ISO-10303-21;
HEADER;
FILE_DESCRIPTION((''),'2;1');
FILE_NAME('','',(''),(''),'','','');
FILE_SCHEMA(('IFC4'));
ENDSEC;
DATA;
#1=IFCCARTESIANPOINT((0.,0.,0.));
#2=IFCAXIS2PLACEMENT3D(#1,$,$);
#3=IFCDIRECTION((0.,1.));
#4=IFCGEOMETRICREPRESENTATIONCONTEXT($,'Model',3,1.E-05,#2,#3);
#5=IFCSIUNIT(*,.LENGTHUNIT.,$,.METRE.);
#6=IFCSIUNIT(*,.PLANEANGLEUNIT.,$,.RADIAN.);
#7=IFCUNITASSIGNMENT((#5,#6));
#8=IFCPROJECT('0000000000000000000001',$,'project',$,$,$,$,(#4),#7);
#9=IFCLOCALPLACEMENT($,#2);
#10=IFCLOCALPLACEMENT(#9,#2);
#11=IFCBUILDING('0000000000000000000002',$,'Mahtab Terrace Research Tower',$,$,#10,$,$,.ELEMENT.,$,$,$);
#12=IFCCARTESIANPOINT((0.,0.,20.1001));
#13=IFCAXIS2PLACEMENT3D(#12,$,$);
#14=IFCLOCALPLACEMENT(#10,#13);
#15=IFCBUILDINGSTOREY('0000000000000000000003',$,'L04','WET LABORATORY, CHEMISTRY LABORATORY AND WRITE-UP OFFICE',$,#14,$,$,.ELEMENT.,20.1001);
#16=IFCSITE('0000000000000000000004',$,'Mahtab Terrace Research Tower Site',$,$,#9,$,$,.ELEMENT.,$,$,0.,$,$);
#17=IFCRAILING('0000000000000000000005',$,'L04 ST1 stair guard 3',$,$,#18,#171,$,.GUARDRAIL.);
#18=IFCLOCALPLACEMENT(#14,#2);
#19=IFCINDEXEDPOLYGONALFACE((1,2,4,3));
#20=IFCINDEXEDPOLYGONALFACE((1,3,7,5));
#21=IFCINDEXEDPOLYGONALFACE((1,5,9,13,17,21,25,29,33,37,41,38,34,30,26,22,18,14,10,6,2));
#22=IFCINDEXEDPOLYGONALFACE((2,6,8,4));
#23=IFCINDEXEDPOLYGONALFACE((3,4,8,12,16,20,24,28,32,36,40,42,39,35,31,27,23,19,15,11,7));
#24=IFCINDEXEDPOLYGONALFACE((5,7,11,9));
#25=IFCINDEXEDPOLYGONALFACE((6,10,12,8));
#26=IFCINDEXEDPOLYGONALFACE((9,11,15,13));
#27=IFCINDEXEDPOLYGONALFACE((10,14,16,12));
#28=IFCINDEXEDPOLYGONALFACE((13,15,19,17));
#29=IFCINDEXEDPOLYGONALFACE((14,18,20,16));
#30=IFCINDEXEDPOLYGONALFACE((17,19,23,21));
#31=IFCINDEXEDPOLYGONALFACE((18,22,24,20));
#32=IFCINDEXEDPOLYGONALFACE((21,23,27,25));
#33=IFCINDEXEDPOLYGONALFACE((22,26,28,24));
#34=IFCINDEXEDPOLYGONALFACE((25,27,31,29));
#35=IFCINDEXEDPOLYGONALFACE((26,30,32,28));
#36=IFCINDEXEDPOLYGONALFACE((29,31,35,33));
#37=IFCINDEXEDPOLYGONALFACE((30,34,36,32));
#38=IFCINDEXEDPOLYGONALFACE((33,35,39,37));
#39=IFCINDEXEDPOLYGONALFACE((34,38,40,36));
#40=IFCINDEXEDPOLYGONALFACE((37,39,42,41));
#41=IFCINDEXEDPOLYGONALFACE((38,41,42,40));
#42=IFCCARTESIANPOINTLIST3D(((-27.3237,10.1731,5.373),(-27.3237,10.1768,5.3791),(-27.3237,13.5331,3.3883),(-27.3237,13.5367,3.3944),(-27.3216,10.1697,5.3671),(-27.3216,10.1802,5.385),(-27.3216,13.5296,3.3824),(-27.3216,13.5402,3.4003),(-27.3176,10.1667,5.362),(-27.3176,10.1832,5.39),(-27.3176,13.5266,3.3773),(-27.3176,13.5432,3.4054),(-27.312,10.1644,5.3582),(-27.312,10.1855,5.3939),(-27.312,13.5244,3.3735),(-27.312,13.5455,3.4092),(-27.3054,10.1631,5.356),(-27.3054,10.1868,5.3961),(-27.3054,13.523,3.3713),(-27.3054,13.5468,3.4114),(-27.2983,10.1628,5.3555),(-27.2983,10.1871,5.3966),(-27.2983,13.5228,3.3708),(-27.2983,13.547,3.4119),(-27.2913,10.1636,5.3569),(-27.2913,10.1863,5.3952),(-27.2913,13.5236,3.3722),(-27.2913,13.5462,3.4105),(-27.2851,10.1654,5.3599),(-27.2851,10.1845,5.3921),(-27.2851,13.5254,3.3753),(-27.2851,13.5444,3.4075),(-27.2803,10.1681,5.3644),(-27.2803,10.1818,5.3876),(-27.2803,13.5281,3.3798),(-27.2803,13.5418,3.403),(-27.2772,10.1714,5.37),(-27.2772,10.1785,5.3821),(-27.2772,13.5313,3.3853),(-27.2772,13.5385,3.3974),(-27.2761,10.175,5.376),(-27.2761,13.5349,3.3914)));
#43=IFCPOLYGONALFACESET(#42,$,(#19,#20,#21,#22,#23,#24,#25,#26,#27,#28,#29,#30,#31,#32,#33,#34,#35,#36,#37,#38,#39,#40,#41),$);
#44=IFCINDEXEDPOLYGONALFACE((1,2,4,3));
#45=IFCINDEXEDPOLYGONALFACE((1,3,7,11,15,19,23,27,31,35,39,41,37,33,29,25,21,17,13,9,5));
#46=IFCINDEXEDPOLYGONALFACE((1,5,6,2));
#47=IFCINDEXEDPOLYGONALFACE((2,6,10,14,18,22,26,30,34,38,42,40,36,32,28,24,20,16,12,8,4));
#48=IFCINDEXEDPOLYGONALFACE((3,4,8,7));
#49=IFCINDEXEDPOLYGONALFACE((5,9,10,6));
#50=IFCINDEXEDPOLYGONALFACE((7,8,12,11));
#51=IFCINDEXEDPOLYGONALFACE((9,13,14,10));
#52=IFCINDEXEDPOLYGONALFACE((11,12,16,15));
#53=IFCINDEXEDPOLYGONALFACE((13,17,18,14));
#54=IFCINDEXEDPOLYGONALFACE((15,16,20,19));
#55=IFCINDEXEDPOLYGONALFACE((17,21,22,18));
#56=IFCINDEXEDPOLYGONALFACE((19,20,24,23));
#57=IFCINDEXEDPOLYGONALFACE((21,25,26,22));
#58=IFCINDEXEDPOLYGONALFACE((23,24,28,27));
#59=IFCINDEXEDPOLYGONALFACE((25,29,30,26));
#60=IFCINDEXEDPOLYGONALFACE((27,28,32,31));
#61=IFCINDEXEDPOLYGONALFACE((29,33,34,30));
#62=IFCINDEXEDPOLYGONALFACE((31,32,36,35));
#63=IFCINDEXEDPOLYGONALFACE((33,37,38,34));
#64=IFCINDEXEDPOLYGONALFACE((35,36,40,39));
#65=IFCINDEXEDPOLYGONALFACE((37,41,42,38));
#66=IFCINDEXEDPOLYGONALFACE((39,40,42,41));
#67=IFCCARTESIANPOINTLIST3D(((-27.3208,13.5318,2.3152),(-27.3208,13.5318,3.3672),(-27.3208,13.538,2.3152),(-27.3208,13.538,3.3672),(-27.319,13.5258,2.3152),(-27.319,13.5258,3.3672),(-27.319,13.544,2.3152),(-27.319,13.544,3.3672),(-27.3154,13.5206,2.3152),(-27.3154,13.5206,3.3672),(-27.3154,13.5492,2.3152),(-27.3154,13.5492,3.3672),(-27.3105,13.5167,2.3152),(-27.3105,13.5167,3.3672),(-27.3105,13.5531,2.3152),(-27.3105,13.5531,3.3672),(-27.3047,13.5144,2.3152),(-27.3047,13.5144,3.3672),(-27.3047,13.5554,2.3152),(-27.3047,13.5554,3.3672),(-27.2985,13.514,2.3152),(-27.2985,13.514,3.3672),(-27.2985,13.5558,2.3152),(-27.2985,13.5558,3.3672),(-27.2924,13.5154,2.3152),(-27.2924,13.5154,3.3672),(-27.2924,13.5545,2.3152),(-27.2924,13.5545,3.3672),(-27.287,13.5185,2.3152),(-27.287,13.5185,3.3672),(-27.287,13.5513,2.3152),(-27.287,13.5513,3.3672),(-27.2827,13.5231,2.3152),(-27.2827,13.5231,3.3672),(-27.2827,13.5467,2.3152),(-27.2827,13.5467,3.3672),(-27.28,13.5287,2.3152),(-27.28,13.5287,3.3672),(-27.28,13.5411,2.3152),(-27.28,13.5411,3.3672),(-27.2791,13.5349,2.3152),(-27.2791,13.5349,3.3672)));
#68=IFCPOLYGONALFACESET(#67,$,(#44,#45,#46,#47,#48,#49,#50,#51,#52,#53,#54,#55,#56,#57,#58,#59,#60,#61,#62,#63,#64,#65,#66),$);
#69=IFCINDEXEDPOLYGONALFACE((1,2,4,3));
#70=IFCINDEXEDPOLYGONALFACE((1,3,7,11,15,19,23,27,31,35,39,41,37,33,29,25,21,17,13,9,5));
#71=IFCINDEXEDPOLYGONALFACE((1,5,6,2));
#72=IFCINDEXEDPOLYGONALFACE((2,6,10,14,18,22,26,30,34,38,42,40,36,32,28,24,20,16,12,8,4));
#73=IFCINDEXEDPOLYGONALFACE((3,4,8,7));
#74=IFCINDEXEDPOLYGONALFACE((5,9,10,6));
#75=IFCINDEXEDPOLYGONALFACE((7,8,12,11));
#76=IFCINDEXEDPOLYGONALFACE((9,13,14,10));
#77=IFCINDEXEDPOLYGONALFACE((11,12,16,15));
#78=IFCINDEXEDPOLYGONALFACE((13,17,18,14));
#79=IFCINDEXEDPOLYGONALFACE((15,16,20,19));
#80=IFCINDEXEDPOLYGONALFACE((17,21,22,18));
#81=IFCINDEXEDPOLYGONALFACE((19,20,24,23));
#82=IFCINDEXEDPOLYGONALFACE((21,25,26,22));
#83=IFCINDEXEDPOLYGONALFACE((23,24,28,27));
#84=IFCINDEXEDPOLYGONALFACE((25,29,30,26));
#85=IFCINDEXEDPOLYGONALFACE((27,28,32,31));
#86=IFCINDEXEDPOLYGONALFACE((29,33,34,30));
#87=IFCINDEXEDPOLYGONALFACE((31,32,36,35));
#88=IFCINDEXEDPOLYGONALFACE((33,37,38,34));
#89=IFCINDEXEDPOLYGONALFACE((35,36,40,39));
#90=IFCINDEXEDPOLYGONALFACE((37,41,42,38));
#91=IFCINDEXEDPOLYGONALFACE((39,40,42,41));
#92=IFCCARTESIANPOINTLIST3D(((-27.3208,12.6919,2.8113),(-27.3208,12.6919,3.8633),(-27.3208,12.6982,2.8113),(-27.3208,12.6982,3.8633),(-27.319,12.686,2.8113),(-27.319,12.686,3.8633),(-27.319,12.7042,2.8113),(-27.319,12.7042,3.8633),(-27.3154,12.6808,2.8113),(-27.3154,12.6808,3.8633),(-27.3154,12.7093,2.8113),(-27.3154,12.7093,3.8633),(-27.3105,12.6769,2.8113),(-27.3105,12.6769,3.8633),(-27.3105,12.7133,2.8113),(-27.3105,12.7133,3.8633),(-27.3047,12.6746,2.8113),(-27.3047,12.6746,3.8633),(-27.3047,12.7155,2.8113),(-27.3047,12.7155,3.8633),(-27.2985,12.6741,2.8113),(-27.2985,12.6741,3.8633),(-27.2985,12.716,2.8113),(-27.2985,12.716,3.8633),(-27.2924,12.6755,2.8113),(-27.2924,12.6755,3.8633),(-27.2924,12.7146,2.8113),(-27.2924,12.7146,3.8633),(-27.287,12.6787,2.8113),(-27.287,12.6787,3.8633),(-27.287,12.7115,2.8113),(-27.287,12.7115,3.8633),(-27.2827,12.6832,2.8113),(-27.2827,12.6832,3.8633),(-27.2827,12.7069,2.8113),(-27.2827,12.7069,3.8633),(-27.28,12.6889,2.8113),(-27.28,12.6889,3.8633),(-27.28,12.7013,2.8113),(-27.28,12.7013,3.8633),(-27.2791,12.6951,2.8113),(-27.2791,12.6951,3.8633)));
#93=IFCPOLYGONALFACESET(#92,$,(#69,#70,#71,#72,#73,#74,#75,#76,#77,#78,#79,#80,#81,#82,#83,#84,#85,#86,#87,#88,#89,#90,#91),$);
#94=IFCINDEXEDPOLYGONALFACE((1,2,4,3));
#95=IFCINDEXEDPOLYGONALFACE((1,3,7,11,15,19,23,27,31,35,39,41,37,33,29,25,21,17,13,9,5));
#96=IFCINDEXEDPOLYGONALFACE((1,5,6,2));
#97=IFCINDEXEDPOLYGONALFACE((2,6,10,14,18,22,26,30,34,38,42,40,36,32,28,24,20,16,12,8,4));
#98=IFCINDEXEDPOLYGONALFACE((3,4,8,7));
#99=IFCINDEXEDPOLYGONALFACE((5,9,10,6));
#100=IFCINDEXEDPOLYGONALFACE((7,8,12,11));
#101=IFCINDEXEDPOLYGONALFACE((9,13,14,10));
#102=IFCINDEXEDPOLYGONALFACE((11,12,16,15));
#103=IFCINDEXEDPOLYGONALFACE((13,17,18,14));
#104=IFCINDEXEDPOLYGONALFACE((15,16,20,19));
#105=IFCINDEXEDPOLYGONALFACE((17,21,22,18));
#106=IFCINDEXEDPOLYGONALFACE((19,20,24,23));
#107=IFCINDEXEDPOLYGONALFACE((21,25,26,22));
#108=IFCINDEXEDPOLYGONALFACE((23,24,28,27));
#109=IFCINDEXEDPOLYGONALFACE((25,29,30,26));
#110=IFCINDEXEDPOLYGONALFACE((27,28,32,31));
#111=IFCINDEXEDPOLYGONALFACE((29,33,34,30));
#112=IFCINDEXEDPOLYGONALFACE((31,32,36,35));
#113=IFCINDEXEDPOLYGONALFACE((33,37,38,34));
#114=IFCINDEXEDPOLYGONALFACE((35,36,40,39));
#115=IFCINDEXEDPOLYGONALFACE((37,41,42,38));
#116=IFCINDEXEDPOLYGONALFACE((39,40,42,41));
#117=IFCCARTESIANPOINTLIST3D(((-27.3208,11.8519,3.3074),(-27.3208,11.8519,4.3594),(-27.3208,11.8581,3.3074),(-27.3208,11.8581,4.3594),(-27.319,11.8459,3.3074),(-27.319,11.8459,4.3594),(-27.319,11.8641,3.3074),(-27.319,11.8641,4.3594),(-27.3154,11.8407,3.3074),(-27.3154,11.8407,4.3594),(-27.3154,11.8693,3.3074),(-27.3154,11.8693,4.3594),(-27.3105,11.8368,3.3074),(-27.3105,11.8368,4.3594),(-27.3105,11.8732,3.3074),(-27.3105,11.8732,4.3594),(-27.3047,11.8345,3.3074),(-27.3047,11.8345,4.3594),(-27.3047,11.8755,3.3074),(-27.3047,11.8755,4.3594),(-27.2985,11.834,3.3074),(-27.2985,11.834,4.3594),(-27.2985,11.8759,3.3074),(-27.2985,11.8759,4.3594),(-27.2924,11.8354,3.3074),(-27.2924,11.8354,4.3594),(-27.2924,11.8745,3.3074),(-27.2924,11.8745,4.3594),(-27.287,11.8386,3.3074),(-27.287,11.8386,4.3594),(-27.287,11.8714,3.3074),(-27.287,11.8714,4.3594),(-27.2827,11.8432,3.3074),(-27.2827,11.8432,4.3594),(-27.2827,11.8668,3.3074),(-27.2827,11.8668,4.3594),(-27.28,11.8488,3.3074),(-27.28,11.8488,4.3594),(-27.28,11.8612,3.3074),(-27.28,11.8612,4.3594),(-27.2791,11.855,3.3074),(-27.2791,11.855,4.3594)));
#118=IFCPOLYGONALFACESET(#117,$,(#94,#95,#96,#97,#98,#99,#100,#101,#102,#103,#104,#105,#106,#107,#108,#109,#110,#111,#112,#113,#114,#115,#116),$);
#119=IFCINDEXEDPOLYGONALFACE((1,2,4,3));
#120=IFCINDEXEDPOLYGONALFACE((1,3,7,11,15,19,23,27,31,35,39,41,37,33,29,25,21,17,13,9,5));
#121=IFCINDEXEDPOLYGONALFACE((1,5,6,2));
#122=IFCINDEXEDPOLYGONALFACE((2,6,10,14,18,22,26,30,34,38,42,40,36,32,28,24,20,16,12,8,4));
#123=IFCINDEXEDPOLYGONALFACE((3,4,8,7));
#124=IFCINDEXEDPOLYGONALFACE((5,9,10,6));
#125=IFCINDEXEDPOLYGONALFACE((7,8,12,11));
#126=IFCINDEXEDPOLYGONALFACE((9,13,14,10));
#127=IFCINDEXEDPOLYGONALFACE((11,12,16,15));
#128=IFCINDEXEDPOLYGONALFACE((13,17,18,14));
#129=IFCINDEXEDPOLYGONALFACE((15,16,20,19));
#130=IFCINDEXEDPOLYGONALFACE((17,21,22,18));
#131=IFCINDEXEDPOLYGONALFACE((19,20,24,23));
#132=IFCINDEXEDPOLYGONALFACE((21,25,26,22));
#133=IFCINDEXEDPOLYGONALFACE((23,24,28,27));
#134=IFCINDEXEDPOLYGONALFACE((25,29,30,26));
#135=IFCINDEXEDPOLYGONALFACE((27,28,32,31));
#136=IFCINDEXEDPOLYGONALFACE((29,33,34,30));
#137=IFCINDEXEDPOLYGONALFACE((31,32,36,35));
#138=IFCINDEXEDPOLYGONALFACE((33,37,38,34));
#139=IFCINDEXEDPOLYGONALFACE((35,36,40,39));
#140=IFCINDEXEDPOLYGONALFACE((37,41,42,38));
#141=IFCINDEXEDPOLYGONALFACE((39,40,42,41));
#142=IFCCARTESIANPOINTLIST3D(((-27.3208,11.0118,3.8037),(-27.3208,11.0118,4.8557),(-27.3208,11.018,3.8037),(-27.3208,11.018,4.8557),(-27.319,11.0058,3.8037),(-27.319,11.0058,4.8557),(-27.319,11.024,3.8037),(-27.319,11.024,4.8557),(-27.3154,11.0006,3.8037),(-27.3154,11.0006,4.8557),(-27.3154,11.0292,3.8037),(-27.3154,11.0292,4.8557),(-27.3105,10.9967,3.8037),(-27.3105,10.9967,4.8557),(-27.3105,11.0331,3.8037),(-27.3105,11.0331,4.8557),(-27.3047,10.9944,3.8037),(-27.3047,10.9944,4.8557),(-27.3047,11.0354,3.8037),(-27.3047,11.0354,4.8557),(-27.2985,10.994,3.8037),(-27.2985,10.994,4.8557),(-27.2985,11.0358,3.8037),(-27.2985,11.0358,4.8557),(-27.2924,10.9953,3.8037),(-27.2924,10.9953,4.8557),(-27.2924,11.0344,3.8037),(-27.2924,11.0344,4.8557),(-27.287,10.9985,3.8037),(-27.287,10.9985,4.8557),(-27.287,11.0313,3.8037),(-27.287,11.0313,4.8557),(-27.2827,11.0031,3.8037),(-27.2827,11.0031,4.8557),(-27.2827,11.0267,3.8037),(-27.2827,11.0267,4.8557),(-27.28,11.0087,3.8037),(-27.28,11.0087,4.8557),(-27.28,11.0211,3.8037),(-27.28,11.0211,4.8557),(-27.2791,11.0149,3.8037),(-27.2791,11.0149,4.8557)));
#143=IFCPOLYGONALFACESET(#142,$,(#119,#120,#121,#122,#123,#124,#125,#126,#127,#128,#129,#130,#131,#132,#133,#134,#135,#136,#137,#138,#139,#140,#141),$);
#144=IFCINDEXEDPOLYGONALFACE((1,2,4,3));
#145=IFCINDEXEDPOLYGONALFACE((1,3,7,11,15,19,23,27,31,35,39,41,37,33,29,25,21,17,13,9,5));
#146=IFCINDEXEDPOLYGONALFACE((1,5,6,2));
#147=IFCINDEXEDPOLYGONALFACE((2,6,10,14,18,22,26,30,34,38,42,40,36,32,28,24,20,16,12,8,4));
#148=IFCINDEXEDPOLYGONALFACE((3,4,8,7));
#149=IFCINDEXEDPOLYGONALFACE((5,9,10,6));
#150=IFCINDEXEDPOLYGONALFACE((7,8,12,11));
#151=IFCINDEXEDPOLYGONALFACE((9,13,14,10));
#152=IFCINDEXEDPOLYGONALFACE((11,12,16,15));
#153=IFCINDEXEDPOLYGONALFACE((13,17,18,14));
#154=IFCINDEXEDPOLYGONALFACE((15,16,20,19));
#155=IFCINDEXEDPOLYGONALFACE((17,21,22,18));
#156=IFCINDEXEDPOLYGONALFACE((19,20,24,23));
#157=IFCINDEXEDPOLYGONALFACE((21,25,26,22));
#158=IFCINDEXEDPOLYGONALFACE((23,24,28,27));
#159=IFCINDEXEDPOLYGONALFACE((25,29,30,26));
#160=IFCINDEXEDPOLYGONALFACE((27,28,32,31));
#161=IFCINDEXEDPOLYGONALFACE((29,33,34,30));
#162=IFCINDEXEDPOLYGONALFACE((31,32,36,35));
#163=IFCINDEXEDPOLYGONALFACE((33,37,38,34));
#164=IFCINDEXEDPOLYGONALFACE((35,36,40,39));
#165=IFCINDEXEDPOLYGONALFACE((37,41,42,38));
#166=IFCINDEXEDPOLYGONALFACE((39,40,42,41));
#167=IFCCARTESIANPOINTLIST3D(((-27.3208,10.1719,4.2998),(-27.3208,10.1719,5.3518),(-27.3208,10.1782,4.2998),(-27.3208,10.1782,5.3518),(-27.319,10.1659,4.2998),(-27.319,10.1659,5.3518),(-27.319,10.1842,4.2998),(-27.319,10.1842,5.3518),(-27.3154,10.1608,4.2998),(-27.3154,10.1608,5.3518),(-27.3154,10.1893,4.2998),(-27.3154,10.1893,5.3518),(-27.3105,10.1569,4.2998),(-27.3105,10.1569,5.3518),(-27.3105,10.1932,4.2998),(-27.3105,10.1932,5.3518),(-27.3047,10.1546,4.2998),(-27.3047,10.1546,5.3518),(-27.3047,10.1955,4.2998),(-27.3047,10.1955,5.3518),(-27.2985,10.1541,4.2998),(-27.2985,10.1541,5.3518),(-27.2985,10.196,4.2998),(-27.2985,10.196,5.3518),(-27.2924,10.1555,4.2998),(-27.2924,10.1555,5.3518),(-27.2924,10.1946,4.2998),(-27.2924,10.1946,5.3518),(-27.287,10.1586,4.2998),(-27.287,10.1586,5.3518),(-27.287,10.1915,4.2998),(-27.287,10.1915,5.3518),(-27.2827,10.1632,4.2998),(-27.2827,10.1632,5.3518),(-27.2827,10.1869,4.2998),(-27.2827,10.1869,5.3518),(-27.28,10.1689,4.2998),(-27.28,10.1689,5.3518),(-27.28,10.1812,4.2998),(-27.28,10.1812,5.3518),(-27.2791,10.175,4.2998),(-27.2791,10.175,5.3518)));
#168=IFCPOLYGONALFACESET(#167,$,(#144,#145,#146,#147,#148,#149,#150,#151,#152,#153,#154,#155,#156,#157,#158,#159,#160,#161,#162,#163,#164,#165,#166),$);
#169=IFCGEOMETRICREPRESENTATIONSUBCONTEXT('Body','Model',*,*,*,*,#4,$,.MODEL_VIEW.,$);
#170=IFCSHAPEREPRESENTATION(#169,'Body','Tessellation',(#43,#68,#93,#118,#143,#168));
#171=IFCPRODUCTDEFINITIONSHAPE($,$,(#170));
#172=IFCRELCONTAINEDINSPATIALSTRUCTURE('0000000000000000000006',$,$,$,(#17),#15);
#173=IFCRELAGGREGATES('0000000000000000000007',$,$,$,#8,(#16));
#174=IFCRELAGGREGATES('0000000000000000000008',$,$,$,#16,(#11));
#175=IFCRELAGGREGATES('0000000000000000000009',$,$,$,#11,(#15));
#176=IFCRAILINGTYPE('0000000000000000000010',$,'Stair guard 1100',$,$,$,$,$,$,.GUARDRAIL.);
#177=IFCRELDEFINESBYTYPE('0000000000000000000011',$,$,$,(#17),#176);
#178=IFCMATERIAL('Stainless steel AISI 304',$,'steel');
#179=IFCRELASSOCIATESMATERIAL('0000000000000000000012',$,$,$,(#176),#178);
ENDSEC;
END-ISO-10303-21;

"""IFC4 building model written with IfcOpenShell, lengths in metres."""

from ifc_helpers import new_model, si_unit, direction, frame, origin, origin_2d, place, context, subcontext, project, spatial, circle, extrude, material, type_object, element, save


model = new_model("IFC4")

# Units and contexts
model_context = context("Model", 3, precision=1e-05, world=origin(), true_north=direction((0.0, 1.0)))
body_context = subcontext(model_context, "Body", "Model", "MODEL_VIEW")
ifc_project = project(units=[si_unit("LENGTHUNIT", "METRE"), si_unit("PLANEANGLEUNIT", "RADIAN")], contexts=[model_context])

# Site, building, storey
site_placement = place(None, origin())
site = spatial("IfcSite", under=ifc_project, at=site_placement, Name="Mahtab Terrace Research Tower Site", CompositionType="ELEMENT", RefElevation=0.0)
building_placement = place(site_placement, origin())
building = spatial("IfcBuilding", under=site, at=building_placement, Name="Mahtab Terrace Research Tower", CompositionType="ELEMENT")
storey_placement = place(building_placement, frame((0.0, 0.0, 20.1001)))
storey = spatial("IfcBuildingStorey", under=building, at=storey_placement, Name="L04", Description="WET LABORATORY, CHEMISTRY LABORATORY AND WRITE-UP OFFICE", CompositionType="ELEMENT", Elevation=20.1001)

# Railing
ifc_material_1 = material(Name="Stainless steel AISI 304", Category="steel")
railing_type_1 = type_object("IfcRailingType", Name="Stair guard 1100", PredefinedType="GUARDRAIL", material=ifc_material_1)
railing_1_placement = place(storey_placement, frame((-27.3, 13.5349, 2.3152)))
element("IfcRailing", 1, at=railing_1_placement, inside=storey, type_object=railing_type_1, Name="L04 ST1 stair guard 3", PredefinedType="GUARDRAIL", context=body_context, shape_type="SweptSolid", body=[
    extrude(circle(Radius=0.0239, at=origin_2d()), frame((0.0, 0.0, 1.0762), z_axis=(0.0, -0.861011, 0.508586), x_axis=(1.0, 0.0, 0.0)), (0.0, 0.0, 1.0), 3.9023),
    extrude(circle(Radius=0.021, at=origin_2d()), origin(), (0.0, 0.0, 1.0), 1.052),
    extrude(circle(Radius=0.021, at=origin_2d()), frame((0.0, -0.8398, 0.4961)), (0.0, 0.0, 1.0), 1.052),
    extrude(circle(Radius=0.021, at=origin_2d()), frame((0.0, -1.6799, 0.9922)), (0.0, 0.0, 1.0), 1.052),
    extrude(circle(Radius=0.021, at=origin_2d()), frame((0.0, -2.52, 1.4885)), (0.0, 0.0, 1.0), 1.052),
    extrude(circle(Radius=0.021, at=origin_2d()), frame((0.0, -3.3599, 1.9846)), (0.0, 0.0, 1.0), 1.052),
])

save(model, "model.ifc")
